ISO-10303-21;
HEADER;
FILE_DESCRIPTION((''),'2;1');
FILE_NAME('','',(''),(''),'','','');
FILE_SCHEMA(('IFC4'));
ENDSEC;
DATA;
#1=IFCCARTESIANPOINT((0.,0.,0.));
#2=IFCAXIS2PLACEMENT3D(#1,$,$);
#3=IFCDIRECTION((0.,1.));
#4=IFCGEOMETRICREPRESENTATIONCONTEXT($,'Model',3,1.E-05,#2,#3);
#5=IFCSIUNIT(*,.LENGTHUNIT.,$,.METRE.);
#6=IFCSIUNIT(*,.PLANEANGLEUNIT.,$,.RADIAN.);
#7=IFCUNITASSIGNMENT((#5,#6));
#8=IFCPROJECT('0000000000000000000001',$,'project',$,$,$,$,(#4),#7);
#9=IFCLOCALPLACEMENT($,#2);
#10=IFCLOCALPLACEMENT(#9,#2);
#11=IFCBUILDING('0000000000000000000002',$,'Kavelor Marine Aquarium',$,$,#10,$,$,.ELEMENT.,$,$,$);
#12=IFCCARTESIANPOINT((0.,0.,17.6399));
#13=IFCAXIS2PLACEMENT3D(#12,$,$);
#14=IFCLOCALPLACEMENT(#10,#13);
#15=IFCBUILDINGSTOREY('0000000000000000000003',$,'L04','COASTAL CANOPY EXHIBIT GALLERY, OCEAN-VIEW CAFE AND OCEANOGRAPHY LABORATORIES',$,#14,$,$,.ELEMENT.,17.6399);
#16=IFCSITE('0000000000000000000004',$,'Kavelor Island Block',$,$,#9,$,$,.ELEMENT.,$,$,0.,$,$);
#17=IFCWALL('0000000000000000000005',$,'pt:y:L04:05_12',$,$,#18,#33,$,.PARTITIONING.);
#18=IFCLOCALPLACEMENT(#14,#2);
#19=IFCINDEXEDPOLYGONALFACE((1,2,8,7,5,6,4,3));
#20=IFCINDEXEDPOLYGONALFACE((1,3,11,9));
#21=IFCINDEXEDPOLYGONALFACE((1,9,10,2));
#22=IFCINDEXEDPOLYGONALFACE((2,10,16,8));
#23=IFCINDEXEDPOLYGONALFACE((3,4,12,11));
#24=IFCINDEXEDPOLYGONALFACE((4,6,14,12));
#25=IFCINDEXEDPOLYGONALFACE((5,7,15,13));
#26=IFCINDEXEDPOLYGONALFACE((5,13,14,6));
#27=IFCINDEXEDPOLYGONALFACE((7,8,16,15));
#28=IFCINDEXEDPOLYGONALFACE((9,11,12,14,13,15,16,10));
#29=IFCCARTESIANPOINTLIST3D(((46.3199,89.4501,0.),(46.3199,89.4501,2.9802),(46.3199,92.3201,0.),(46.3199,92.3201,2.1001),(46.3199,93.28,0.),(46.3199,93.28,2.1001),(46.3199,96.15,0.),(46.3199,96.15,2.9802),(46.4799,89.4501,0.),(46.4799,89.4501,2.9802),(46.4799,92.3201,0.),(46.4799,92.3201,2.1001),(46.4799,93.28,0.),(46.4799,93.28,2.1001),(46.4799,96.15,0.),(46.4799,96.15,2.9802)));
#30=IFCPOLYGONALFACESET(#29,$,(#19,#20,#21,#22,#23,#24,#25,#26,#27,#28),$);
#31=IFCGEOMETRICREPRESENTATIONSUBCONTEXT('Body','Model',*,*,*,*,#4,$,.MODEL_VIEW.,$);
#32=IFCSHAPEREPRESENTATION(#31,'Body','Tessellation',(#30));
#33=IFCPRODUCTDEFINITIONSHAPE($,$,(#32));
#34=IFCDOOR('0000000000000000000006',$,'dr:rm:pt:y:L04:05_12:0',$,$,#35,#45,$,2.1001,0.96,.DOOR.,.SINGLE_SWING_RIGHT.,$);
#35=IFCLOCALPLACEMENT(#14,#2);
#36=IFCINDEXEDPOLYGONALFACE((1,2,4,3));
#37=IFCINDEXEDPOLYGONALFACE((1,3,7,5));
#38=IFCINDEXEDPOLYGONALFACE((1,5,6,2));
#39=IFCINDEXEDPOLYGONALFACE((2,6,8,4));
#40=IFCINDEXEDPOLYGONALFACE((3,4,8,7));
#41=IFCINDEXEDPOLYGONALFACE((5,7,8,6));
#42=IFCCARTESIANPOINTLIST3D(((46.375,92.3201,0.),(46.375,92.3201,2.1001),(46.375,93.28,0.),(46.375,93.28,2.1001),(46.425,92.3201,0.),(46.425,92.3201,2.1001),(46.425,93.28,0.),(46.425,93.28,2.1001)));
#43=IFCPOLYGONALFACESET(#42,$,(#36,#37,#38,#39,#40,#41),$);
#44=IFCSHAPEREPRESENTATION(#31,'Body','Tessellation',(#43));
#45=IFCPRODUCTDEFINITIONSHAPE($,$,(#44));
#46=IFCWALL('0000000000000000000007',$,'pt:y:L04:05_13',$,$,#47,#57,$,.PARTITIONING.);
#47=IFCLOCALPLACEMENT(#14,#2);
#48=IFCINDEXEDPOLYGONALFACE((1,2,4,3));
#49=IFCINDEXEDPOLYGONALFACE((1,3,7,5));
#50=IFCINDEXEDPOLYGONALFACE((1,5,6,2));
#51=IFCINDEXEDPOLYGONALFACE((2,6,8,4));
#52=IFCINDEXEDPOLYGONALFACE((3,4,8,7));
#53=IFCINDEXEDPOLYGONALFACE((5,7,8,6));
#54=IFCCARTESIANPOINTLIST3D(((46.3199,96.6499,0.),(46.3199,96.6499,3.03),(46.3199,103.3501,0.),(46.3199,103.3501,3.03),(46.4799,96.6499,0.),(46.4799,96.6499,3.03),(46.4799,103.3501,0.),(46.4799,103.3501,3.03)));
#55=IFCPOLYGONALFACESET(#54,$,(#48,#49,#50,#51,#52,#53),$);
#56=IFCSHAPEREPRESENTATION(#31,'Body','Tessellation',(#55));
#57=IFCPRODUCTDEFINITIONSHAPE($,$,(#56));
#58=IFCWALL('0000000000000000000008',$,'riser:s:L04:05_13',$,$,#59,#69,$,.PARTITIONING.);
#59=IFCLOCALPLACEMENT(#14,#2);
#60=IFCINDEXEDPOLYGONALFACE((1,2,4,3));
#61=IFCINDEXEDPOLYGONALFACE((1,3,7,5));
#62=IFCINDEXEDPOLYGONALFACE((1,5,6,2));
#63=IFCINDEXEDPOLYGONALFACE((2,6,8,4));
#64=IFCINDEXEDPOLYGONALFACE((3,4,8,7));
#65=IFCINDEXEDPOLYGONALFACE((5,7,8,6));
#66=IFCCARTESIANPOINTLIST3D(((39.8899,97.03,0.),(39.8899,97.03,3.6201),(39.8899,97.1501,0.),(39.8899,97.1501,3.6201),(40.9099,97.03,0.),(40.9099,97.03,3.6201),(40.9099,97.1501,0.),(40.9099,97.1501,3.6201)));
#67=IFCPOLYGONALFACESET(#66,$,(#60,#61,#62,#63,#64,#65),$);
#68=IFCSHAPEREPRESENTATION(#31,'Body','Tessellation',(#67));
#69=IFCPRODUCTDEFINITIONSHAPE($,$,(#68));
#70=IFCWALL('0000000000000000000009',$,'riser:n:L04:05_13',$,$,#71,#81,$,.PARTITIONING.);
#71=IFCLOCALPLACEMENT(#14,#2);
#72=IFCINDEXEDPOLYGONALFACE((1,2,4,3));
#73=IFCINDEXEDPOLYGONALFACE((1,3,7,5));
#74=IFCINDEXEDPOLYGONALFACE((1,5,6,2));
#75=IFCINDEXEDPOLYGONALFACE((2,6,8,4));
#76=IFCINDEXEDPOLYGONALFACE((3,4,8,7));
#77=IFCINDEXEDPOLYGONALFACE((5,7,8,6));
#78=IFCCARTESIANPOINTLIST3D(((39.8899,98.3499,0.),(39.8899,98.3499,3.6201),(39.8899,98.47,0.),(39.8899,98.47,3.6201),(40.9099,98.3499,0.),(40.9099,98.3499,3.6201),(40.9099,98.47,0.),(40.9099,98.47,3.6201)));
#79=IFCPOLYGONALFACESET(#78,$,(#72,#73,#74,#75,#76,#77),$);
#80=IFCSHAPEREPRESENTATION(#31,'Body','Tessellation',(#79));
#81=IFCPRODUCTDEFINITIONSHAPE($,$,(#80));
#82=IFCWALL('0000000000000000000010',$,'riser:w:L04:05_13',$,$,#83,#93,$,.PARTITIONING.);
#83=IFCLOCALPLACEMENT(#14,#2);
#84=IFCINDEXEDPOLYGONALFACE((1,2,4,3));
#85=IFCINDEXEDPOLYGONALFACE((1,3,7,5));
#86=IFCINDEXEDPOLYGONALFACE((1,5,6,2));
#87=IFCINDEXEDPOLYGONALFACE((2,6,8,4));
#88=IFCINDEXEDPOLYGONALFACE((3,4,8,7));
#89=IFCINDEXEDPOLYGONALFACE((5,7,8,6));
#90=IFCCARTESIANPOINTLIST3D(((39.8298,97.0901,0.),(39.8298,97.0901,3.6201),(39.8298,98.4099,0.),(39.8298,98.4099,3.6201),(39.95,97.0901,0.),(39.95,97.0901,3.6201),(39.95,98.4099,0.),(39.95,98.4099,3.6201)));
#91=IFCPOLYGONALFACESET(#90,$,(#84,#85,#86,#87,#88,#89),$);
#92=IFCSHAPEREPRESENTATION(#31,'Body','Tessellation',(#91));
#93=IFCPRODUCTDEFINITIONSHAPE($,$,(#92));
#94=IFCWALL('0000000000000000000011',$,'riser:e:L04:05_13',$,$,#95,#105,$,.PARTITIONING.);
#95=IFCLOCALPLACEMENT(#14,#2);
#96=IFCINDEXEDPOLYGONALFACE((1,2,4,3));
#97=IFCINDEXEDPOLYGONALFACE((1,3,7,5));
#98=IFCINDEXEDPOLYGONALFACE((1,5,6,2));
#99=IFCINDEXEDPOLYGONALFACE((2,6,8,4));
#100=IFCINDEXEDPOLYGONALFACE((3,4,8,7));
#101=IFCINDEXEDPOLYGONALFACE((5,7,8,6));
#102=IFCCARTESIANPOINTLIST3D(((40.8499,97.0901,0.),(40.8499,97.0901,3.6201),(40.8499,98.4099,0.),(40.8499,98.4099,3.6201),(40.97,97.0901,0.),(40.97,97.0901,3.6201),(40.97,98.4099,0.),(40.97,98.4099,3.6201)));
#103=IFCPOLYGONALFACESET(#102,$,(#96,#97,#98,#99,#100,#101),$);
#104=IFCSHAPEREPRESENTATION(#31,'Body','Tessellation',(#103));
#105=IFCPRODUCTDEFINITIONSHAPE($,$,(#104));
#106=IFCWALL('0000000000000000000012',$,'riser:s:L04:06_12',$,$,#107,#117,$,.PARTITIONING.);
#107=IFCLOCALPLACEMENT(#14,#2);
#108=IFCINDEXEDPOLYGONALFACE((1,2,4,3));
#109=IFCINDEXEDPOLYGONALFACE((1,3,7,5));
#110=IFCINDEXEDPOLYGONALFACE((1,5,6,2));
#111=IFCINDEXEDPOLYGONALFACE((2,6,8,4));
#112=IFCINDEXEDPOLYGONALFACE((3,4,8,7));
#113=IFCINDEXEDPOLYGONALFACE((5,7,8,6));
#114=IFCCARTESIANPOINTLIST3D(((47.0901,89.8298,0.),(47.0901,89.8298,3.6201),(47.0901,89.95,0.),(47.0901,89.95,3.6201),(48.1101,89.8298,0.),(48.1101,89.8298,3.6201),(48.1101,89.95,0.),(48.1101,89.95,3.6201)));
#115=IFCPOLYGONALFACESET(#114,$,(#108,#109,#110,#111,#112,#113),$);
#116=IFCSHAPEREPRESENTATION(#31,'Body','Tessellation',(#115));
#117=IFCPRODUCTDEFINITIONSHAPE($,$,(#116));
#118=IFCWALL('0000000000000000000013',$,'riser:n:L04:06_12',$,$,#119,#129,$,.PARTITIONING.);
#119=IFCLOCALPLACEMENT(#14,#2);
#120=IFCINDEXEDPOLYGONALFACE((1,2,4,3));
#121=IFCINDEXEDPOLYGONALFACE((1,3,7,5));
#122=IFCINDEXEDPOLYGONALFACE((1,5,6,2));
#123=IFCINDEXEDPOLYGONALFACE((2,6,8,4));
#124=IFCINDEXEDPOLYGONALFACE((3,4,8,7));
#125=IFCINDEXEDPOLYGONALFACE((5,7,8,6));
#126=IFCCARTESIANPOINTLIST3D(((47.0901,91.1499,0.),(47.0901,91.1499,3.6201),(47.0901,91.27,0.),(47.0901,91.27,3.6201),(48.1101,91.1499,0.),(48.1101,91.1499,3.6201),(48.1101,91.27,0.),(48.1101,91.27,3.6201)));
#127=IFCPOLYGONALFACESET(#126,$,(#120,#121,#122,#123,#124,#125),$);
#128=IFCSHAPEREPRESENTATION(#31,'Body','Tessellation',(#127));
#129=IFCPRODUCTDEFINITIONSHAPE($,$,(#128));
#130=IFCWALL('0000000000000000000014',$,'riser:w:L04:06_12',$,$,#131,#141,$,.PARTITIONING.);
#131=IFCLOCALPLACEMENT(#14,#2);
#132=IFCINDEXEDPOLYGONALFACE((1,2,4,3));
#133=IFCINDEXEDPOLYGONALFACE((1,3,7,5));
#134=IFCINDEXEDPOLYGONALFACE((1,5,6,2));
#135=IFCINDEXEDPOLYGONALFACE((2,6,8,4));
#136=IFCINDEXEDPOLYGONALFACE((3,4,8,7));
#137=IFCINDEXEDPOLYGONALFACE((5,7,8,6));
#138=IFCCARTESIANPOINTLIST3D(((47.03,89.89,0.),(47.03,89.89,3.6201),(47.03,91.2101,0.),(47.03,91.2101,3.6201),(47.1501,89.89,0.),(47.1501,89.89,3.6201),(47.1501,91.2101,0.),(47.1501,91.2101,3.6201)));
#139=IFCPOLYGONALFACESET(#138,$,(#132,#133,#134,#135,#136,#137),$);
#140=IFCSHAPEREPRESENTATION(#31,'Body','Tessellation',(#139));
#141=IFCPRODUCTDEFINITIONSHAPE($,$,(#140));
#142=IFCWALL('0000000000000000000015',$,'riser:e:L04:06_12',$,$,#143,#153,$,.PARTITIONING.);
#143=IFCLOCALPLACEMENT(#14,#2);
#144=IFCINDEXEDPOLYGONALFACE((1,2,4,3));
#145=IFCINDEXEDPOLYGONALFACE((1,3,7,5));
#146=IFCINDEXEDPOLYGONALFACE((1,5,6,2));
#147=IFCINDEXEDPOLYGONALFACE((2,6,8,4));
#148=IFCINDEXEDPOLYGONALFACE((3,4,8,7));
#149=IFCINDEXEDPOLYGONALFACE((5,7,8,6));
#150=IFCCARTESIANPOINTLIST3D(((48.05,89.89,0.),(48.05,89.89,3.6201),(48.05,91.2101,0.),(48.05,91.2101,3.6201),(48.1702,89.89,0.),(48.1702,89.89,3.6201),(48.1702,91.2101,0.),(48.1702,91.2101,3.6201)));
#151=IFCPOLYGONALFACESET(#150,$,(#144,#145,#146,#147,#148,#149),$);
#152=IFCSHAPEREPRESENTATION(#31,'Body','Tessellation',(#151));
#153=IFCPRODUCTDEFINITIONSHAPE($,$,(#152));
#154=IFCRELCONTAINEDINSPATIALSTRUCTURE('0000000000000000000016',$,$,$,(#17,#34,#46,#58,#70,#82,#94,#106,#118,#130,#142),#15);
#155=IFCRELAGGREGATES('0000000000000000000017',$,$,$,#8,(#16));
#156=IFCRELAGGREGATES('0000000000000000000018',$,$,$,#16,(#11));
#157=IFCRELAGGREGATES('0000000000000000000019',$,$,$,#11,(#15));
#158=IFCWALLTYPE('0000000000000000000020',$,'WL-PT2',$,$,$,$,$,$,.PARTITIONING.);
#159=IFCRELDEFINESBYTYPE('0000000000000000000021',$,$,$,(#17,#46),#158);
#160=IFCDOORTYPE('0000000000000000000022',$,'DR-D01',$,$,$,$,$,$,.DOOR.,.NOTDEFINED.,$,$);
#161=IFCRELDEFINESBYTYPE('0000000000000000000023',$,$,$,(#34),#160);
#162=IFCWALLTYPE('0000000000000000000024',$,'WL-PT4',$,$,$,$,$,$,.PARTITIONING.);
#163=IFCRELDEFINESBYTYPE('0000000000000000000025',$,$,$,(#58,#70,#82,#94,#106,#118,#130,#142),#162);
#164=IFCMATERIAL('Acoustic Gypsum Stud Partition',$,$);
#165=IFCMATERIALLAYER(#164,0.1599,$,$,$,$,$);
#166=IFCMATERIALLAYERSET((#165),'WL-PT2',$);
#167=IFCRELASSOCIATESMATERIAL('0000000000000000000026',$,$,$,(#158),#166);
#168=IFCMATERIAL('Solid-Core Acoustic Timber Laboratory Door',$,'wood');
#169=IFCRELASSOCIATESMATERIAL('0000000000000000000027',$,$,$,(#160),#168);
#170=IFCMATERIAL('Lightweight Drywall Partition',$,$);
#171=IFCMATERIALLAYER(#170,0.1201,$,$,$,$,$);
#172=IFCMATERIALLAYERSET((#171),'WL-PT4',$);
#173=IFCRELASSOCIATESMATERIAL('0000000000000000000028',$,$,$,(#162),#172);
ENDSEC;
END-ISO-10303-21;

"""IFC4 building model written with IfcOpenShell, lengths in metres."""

from ifc_helpers import new_model, si_unit, direction, frame, frame_2d, origin, place, context, subcontext, project, spatial, rectangle, extrude, material, layer, layer_set, type_object, element, fill, save


model = new_model("IFC4")

# Units and contexts
model_context = context("Model", 3, precision=1e-05, world=origin(), true_north=direction((0.0, 1.0)))
body_context = subcontext(model_context, "Body", "Model", "MODEL_VIEW")
ifc_project = project(units=[si_unit("LENGTHUNIT", "METRE"), si_unit("PLANEANGLEUNIT", "RADIAN")], contexts=[model_context])

# Site, building, storey
site_placement = place(None, origin())
site = spatial("IfcSite", under=ifc_project, at=site_placement, Name="Kavelor Island Block", CompositionType="ELEMENT", RefElevation=0.0)
building_placement = place(site_placement, origin())
building = spatial("IfcBuilding", under=site, at=building_placement, Name="Kavelor Marine Aquarium", CompositionType="ELEMENT")
storey_placement = place(building_placement, frame((0.0, 0.0, 17.6399)))
storey = spatial("IfcBuildingStorey", under=building, at=storey_placement, Name="L04", Description="COASTAL CANOPY EXHIBIT GALLERY, OCEAN-VIEW CAFE AND OCEANOGRAPHY LABORATORIES", CompositionType="ELEMENT", Elevation=17.6399)

# Wall, opening, door
ifc_material_1 = material(Name="Acoustic Gypsum Stud Partition")
ifc_layer_1 = layer(ifc_material_1, 0.1599)
ifc_layer_set_1 = layer_set([ifc_layer_1], Name="WL-PT2")
wall_type_1 = type_object("IfcWallType", Name="WL-PT2", PredefinedType="PARTITIONING", material=ifc_layer_set_1)
wall_1_placement = place(storey_placement, frame((46.3999, 89.45, 0.0), z_axis=(0.0, 0.0, 1.0), x_axis=(0.0, 1.0, 0.0)))
wall_1 = element("IfcWall", 1, at=wall_1_placement, inside=storey, type_object=wall_type_1, Name="pt:y:L04:05_12", PredefinedType="PARTITIONING", context=body_context, shape_type="SweptSolid", body=[
    extrude(rectangle(XDim=6.7, YDim=0.1599, at=frame_2d((3.3501, 0.0))), origin(), (0.0, 0.0, 1.0), 2.9802),
])
opening_1_placement = place(wall_1_placement, frame((2.8701, 0.0, 0.0)))
opening_1 = element("IfcOpeningElement", 2, at=opening_1_placement, cuts=wall_1, PredefinedType="OPENING", context=body_context, shape_type="SweptSolid", body=[
    extrude(rectangle(XDim=0.96, YDim=2.1001, at=frame_2d((0.48, 1.05))), frame((0.0, 0.0898, 0.0), z_axis=(0.0, -1.0, 0.0), x_axis=(1.0, 0.0, 0.0)), (0.0, 0.0, 1.0), 0.1799),
])
ifc_material_2 = material(Name="Solid-Core Acoustic Timber Laboratory Door", Category="wood")
door_type = type_object("IfcDoorType", Name="DR-D01", OperationType="NOTDEFINED", PredefinedType="DOOR", material=ifc_material_2)
door_placement = place(opening_1_placement, origin())
door = element("IfcDoor", 3, at=door_placement, inside=storey, type_object=door_type, Name="dr:rm:pt:y:L04:05_12:0", OperationType="SINGLE_SWING_RIGHT", OverallHeight=2.1001, OverallWidth=0.96, PredefinedType="DOOR", context=body_context, shape_type="SweptSolid", body=[
    extrude(rectangle(XDim=0.96, YDim=2.1001, at=frame_2d((0.48, 1.05))), frame((0.0, 0.0249, 0.0), z_axis=(0.0, -1.0, 0.0), x_axis=(1.0, 0.0, 0.0)), (0.0, 0.0, 1.0), 0.05),
])
fill(opening_1, door)

# Walls
wall_2_placement = place(storey_placement, frame((46.3999, 96.6499, 0.0), z_axis=(0.0, 0.0, 1.0), x_axis=(0.0, 1.0, 0.0)))
element("IfcWall", 4, at=wall_2_placement, inside=storey, type_object=wall_type_1, Name="pt:y:L04:05_13", PredefinedType="PARTITIONING", context=body_context, shape_type="SweptSolid", body=[
    extrude(rectangle(XDim=6.7002, YDim=0.1599, at=frame_2d((3.3501, 0.0))), origin(), (0.0, 0.0, 1.0), 3.03),
])
ifc_material_3 = material(Name="Lightweight Drywall Partition")
ifc_layer_2 = layer(ifc_material_3, 0.1201)
ifc_layer_set_2 = layer_set([ifc_layer_2], Name="WL-PT4")
wall_type_2 = type_object("IfcWallType", Name="WL-PT4", PredefinedType="PARTITIONING", material=ifc_layer_set_2)
for number, where, z_axis, x_axis, name in (
    (5, (39.8899, 97.0901, 0.0), (0.0, 0.0, 1.0), (1.0, 0.0, 0.0), "riser:s:L04:05_13"),
    (6, (39.8899, 98.4099, 0.0), (0.0, 0.0, 1.0), (1.0, 0.0, 0.0), "riser:n:L04:05_13"),
):
    element("IfcWall", number, at=place(storey_placement, frame(where, z_axis=z_axis, x_axis=x_axis)), inside=storey, type_object=wall_type_2, Name=name, PredefinedType="PARTITIONING", context=body_context, shape_type="SweptSolid", body=[
        extrude(rectangle(XDim=1.02, YDim=0.1201, at=frame_2d((0.51, 0.0))), origin(), (0.0, 0.0, 1.0), 3.6201),
    ])
for number, where, z_axis, x_axis, name in (
    (7, (39.8899, 97.0901, 0.0), (0.0, 0.0, 1.0), (0.0, 1.0, 0.0), "riser:w:L04:05_13"),
    (8, (40.9099, 97.0901, 0.0), (0.0, 0.0, 1.0), (0.0, 1.0, 0.0), "riser:e:L04:05_13"),
):
    element("IfcWall", number, at=place(storey_placement, frame(where, z_axis=z_axis, x_axis=x_axis)), inside=storey, type_object=wall_type_2, Name=name, PredefinedType="PARTITIONING", context=body_context, shape_type="SweptSolid", body=[
        extrude(rectangle(XDim=1.3198, YDim=0.1201, at=frame_2d((0.6599, 0.0))), origin(), (0.0, 0.0, 1.0), 3.6201),
    ])
for number, where, z_axis, x_axis, name in (
    (9, (47.0901, 89.8899, 0.0), (0.0, 0.0, 1.0), (1.0, 0.0, 0.0), "riser:s:L04:06_12"),
    (10, (47.0901, 91.21, 0.0), (0.0, 0.0, 1.0), (1.0, 0.0, 0.0), "riser:n:L04:06_12"),
):
    element("IfcWall", number, at=place(storey_placement, frame(where, z_axis=z_axis, x_axis=x_axis)), inside=storey, type_object=wall_type_2, Name=name, PredefinedType="PARTITIONING", context=body_context, shape_type="SweptSolid", body=[
        extrude(rectangle(XDim=1.02, YDim=0.1201, at=frame_2d((0.51, 0.0))), origin(), (0.0, 0.0, 1.0), 3.6201),
    ])
for number, where, z_axis, x_axis, name in (
    (11, (47.0901, 89.8899, 0.0), (0.0, 0.0, 1.0), (0.0, 1.0, 0.0), "riser:w:L04:06_12"),
    (12, (48.1101, 89.8899, 0.0), (0.0, 0.0, 1.0), (0.0, 1.0, 0.0), "riser:e:L04:06_12"),
):
    element("IfcWall", number, at=place(storey_placement, frame(where, z_axis=z_axis, x_axis=x_axis)), inside=storey, type_object=wall_type_2, Name=name, PredefinedType="PARTITIONING", context=body_context, shape_type="SweptSolid", body=[
        extrude(rectangle(XDim=1.3201, YDim=0.1201, at=frame_2d((0.6602, 0.0))), origin(), (0.0, 0.0, 1.0), 3.6201),
    ])

save(model, "model.ifc")
